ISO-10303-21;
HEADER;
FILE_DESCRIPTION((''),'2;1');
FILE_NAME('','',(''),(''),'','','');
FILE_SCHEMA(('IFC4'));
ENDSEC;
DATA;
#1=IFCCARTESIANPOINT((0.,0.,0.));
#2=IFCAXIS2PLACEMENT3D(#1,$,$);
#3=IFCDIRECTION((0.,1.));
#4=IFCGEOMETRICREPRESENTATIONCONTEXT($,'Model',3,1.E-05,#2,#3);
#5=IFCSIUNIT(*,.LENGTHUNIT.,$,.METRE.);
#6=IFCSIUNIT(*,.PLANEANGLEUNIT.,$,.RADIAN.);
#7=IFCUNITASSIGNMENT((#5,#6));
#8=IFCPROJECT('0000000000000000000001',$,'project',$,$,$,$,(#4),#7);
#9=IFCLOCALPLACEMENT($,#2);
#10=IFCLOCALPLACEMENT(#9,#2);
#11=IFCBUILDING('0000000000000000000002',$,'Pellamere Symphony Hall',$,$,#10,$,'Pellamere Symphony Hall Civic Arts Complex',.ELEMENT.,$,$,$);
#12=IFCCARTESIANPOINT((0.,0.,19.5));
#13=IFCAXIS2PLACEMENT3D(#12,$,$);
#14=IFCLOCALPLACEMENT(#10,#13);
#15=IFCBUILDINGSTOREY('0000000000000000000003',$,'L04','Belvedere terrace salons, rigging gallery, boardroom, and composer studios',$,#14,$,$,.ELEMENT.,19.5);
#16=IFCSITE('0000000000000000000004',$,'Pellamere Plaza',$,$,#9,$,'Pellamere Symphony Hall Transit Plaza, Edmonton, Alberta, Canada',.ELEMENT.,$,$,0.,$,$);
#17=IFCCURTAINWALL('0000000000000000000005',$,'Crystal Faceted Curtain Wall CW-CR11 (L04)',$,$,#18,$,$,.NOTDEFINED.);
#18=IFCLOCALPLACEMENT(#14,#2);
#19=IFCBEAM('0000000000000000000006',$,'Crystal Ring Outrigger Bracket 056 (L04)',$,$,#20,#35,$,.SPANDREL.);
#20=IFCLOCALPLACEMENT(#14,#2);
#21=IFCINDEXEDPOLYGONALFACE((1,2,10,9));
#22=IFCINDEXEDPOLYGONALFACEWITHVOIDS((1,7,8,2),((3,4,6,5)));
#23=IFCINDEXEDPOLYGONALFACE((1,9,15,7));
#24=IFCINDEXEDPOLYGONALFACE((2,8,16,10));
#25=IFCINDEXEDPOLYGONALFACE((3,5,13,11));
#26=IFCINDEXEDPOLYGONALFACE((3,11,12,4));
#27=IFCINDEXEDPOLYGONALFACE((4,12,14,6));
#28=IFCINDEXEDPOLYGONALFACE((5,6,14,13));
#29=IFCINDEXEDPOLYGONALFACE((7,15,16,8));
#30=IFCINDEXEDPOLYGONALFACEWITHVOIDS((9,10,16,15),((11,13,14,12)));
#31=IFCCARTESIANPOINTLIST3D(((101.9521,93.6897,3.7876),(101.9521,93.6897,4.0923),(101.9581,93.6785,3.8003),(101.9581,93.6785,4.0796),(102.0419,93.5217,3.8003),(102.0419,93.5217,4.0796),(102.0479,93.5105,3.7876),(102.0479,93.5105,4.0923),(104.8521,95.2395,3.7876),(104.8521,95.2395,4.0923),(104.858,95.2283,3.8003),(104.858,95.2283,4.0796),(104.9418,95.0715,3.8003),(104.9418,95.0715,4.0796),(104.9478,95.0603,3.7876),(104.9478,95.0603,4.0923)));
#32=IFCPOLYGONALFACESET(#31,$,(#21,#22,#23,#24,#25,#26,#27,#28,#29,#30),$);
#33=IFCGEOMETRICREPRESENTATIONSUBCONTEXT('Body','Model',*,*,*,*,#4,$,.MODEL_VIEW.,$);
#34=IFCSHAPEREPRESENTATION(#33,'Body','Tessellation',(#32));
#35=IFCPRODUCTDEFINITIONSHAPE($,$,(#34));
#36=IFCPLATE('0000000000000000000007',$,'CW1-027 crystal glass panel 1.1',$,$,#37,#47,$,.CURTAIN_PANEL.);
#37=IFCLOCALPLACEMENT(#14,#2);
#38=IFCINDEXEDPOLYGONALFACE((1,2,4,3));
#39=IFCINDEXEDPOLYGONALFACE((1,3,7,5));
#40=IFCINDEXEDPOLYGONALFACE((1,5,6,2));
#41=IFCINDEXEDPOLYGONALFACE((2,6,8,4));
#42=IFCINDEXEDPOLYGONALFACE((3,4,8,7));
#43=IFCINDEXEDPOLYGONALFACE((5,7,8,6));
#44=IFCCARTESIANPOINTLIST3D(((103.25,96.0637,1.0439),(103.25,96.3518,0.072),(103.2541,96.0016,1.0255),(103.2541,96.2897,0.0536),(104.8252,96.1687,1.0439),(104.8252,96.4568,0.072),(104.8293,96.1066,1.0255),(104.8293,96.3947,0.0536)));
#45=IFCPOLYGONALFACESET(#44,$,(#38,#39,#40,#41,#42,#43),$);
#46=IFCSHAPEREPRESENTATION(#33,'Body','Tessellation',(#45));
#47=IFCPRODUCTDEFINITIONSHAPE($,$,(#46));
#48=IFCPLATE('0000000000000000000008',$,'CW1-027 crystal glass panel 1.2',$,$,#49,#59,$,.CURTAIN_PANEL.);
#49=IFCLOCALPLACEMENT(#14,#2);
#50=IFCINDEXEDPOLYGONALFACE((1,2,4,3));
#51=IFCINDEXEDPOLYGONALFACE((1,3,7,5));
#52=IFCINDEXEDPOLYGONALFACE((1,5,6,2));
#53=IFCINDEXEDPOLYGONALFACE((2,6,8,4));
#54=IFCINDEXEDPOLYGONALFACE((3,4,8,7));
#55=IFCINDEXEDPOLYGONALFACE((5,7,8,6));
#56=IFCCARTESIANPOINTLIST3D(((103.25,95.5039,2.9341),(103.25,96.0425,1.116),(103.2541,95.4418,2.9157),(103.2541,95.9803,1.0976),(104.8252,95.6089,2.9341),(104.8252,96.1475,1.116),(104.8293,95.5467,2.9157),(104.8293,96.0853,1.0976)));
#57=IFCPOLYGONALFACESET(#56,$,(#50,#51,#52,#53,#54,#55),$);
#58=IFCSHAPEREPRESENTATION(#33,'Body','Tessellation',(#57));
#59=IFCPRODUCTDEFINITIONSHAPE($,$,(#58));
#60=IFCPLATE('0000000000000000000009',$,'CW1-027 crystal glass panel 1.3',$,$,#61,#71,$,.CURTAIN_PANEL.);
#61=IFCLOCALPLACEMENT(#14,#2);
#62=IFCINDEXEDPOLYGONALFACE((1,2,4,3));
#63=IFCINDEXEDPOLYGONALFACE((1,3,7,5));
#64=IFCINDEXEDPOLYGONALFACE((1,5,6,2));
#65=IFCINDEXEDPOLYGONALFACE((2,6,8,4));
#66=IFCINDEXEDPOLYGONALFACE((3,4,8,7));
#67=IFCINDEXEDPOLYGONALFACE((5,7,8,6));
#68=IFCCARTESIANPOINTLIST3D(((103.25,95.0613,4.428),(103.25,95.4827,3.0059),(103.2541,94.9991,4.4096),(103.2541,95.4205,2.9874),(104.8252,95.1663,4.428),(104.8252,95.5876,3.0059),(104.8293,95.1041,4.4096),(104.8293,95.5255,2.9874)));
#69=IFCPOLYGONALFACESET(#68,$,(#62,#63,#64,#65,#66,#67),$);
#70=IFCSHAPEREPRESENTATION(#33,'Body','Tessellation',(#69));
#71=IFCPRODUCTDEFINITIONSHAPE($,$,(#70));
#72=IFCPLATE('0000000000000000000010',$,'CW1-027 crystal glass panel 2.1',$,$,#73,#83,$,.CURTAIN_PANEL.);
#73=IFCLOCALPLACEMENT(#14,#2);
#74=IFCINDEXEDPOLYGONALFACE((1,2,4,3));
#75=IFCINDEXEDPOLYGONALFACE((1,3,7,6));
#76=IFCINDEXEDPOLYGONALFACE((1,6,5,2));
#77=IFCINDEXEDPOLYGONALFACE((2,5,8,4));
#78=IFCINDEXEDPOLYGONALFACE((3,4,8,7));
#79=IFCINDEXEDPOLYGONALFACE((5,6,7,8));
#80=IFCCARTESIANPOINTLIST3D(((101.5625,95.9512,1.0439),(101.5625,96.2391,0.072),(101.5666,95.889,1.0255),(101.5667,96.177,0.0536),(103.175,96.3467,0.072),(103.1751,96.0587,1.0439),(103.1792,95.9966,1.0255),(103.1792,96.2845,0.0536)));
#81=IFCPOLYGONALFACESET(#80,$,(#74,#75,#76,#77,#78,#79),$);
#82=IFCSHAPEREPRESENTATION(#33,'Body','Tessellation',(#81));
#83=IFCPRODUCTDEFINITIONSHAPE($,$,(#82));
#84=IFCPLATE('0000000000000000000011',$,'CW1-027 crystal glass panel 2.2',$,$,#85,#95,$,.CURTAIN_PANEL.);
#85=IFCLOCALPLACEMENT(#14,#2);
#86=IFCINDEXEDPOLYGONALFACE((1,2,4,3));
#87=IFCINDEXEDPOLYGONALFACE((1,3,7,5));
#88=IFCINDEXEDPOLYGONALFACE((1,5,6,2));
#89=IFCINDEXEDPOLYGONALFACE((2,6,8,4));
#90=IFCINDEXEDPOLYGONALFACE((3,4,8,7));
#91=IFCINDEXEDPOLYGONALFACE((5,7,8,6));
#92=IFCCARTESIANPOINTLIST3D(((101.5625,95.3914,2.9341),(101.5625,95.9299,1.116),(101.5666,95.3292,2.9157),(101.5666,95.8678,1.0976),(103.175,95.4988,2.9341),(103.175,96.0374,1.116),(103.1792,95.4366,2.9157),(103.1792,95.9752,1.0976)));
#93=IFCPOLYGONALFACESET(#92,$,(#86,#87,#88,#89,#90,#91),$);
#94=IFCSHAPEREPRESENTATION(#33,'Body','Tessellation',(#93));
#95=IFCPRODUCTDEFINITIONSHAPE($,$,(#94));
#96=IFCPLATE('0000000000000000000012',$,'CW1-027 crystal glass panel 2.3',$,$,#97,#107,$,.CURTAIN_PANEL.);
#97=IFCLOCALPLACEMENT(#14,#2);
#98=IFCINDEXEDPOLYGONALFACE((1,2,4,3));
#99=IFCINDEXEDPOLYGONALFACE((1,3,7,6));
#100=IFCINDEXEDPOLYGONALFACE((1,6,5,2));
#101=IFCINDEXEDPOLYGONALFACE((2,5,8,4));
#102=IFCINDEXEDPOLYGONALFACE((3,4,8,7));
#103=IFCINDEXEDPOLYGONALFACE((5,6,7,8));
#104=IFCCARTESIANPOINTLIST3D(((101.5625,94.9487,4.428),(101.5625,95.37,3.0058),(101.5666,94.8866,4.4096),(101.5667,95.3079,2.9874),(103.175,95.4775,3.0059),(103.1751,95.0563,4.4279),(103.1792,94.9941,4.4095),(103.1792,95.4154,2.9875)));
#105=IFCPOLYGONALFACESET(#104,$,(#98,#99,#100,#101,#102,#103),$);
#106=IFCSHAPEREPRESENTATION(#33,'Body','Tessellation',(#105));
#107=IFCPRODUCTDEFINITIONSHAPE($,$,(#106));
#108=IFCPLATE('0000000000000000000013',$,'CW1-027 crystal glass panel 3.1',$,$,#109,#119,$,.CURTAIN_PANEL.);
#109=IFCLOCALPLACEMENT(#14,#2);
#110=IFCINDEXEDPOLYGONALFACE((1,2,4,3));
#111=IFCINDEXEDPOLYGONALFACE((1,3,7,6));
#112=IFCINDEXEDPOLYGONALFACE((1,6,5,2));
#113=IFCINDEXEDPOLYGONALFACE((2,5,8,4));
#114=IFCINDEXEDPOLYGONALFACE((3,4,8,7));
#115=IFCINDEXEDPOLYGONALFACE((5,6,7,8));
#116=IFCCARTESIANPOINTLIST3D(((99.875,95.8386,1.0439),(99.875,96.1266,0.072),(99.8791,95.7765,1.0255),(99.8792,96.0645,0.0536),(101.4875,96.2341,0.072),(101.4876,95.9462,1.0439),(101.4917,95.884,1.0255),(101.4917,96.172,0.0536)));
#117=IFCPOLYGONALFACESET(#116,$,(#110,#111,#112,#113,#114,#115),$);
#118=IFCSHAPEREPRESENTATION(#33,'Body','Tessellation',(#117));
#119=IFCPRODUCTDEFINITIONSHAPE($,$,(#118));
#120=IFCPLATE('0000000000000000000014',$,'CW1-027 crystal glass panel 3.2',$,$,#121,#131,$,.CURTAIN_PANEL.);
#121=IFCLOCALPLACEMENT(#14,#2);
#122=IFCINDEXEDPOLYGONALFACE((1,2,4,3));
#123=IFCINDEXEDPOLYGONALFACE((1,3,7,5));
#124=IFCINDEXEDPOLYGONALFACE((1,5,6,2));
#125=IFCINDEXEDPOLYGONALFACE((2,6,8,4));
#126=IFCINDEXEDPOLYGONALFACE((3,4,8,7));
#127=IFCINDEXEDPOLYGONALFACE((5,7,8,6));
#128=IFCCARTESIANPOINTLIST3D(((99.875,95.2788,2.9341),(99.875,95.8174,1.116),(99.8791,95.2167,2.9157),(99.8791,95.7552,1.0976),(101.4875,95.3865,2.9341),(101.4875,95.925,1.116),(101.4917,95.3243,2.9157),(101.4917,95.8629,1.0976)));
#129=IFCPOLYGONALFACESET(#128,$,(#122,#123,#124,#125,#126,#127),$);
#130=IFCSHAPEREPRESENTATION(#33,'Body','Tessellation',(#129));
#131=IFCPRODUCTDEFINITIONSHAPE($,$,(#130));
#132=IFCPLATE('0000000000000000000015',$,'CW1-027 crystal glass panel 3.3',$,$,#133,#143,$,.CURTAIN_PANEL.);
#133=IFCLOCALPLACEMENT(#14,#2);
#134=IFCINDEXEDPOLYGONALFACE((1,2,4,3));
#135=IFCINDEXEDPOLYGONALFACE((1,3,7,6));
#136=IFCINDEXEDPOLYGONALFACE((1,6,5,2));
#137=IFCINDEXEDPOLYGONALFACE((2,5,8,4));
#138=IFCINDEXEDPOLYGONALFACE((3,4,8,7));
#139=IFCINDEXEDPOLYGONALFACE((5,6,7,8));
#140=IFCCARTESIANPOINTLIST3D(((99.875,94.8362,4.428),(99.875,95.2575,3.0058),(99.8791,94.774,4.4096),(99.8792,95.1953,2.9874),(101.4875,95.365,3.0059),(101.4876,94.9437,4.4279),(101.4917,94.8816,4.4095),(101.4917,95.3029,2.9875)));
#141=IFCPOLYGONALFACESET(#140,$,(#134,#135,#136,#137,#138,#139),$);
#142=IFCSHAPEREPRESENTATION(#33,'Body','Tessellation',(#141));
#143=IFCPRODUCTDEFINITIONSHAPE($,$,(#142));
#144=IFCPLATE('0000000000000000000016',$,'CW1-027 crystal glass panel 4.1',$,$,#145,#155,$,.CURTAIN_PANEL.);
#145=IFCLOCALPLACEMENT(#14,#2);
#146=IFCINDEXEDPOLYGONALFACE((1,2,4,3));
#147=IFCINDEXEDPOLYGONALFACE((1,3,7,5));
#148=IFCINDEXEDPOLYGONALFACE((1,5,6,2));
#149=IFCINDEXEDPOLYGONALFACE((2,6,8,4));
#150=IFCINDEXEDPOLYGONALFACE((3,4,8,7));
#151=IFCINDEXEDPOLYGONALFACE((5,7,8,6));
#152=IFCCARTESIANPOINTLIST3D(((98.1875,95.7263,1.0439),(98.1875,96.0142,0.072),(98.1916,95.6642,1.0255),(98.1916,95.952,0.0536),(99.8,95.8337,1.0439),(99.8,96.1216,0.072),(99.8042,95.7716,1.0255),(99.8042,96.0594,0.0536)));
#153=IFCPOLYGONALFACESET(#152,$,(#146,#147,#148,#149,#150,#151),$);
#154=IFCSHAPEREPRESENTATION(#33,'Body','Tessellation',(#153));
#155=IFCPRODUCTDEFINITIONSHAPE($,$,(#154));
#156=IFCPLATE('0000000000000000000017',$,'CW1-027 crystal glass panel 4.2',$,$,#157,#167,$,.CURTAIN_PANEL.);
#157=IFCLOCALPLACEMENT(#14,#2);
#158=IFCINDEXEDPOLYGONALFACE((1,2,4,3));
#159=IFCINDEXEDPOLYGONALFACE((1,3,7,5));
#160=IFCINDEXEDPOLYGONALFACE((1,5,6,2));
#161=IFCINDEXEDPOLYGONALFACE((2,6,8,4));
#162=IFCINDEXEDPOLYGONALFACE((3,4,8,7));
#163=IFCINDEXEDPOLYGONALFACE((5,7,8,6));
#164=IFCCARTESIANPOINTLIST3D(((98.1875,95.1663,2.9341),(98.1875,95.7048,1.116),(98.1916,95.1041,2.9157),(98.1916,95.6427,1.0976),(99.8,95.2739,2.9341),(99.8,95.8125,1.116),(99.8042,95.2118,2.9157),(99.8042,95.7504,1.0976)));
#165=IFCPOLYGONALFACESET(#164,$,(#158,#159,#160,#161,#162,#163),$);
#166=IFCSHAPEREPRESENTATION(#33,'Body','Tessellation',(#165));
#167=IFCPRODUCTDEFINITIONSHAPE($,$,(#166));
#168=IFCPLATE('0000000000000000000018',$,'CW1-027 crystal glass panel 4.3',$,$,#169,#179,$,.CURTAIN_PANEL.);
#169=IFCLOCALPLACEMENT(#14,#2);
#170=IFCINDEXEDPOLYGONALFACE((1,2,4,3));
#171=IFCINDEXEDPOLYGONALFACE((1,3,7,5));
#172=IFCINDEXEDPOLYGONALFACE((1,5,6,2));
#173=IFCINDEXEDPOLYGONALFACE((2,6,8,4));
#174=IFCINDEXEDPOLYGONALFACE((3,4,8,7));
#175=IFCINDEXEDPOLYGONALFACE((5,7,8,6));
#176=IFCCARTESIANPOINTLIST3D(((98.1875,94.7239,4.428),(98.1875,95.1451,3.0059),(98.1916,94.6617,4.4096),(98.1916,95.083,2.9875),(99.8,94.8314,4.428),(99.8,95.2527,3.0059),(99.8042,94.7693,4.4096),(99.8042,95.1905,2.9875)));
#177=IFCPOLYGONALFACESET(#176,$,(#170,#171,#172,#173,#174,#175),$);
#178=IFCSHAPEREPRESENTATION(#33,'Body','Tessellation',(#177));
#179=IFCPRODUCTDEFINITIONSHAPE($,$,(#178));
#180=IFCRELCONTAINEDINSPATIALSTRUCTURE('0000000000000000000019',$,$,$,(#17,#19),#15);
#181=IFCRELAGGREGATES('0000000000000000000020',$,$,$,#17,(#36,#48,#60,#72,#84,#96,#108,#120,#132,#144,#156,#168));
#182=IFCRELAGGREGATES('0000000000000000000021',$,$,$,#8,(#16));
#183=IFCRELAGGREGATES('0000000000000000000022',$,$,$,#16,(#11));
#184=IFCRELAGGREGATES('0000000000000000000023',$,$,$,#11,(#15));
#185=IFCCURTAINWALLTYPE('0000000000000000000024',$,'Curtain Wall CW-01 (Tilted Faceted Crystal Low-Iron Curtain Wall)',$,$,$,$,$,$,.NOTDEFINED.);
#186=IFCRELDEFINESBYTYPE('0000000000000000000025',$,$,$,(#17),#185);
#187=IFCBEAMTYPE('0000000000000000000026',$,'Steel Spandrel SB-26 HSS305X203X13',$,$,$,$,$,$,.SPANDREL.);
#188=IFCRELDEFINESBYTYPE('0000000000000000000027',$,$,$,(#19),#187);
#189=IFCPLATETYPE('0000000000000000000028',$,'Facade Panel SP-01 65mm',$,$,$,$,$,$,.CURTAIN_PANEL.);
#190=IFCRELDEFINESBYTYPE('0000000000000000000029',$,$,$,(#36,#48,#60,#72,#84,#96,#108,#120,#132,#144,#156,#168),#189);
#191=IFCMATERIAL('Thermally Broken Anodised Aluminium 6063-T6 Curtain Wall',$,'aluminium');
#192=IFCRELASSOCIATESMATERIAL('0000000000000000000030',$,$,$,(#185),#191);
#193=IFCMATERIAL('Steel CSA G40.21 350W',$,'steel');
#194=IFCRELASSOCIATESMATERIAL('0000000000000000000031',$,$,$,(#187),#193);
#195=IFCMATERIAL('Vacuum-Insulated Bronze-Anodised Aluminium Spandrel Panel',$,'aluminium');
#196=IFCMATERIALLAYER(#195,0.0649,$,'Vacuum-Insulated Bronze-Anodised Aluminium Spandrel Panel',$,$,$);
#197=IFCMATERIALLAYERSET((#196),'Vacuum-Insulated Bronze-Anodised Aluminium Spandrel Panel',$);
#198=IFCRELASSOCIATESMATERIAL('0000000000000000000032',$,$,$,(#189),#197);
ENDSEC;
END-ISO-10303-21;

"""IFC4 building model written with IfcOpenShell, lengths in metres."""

from ifc_helpers import new_model, si_unit, direction, frame, origin, origin_2d, place, context, subcontext, project, spatial, polyline, hollow_rectangle, outline, extrude, material, layer, layer_set, material_profile, profile_set, type_object, element, aggregate, save


model = new_model("IFC4")

# Units and contexts
model_context = context("Model", 3, precision=1e-05, world=origin(), true_north=direction((0.0, 1.0)))
body_context = subcontext(model_context, "Body", "Model", "MODEL_VIEW")
ifc_project = project(units=[si_unit("LENGTHUNIT", "METRE"), si_unit("PLANEANGLEUNIT", "RADIAN")], contexts=[model_context])

# Site, building, storey
site_placement = place(None, origin())
site = spatial("IfcSite", under=ifc_project, at=site_placement, Name="Pellamere Plaza", LongName="Pellamere Symphony Hall Transit Plaza, Edmonton, Alberta, Canada", CompositionType="ELEMENT", RefElevation=0.0)
building_placement = place(site_placement, origin())
building = spatial("IfcBuilding", under=site, at=building_placement, Name="Pellamere Symphony Hall", LongName="Pellamere Symphony Hall Civic Arts Complex", CompositionType="ELEMENT")
storey_placement = place(building_placement, frame((0.0, 0.0, 19.5)))
storey = spatial("IfcBuildingStorey", under=building, at=storey_placement, Name="L04", Description="Belvedere terrace salons, rigging gallery, boardroom, and composer studios", CompositionType="ELEMENT", Elevation=19.5)

# Curtain wall
ifc_material_1 = material(Name="Thermally Broken Anodised Aluminium 6063-T6 Curtain Wall", Category="aluminium")
curtain_wall_type = type_object("IfcCurtainWallType", Name="Curtain Wall CW-01 (Tilted Faceted Crystal Low-Iron Curtain Wall)", PredefinedType="NOTDEFINED", material=ifc_material_1)
curtain_wall_placement = place(storey_placement, origin())
curtain_wall = element("IfcCurtainWall", 1, at=curtain_wall_placement, inside=storey, type_object=curtain_wall_type, Name="Crystal Faceted Curtain Wall CW-CR11 (L04)", PredefinedType="NOTDEFINED")

# Beam
ifc_material_2 = material(Name="Steel CSA G40.21 350W", Category="steel")
ifc_material_profile_1 = material_profile(ifc_material_2, hollow_rectangle(XDim=0.2031, YDim=0.3047, WallThickness=0.0127, at=origin_2d()), Name="HSS305X203X13")
ifc_profile_set_1 = profile_set([ifc_material_profile_1], Name="Steel CSA G40.21 350W")
beam_type = type_object("IfcBeamType", Name="Steel Spandrel SB-26 HSS305X203X13", PredefinedType="SPANDREL", material=ifc_profile_set_1)
beam_placement = place(storey_placement, frame((102.0, 93.6001, 3.9399), z_axis=(0.88195, 0.471343, 0.0), x_axis=(-0.471343, 0.88195, 0.0)))
element("IfcBeam", 2, at=beam_placement, inside=storey, type_object=beam_type, Name="Crystal Ring Outrigger Bracket 056 (L04)", PredefinedType="SPANDREL", context=body_context, shape_type="SweptSolid", body=[
    extrude(hollow_rectangle(XDim=0.2031, YDim=0.3047, WallThickness=0.0127, at=origin_2d()), origin(), (0.0, 0.0, 1.0), 3.2881),
])

# Plates
ifc_material_3 = material(Name="Vacuum-Insulated Bronze-Anodised Aluminium Spandrel Panel", Category="aluminium")
ifc_layer = layer(ifc_material_3, 0.0649, Name="Vacuum-Insulated Bronze-Anodised Aluminium Spandrel Panel")
ifc_layer_set = layer_set([ifc_layer], Name="Vacuum-Insulated Bronze-Anodised Aluminium Spandrel Panel")
plate_type = type_object("IfcPlateType", Name="Facade Panel SP-01 65mm", PredefinedType="CURTAIN_PANEL", material=ifc_layer_set)
plate_1_placement = place(storey_placement, frame((104.8252, 96.4568, 0.072), z_axis=(-0.063768, 0.956818, 0.283608), x_axis=(-0.997787, -0.066498, 0.0)))
plate_1 = element("IfcPlate", 3, at=plate_1_placement, type_object=plate_type, Name="CW1-027 crystal glass panel 1.1", PredefinedType="CURTAIN_PANEL", context=body_context, shape_type="SweptSolid", body=[
    extrude(outline(polyline([(0.0, 0.0), (1.5787, 0.0), (1.5978, 1.0135), (0.0192, 1.0135), (0.0, 0.0)])), origin(), (0.0, 0.0, -1.0), 0.0649),
])
plate_2_placement = place(storey_placement, frame((104.8252, 96.1475, 1.116), z_axis=(-0.063771, 0.956865, 0.283449), x_axis=(-0.997787, -0.066498, 0.0)))
plate_2 = element("IfcPlate", 4, at=plate_2_placement, type_object=plate_type, Name="CW1-027 crystal glass panel 1.2", PredefinedType="CURTAIN_PANEL", context=body_context, shape_type="SweptSolid", body=[
    extrude(outline(polyline([(0.0, 0.0), (1.5787, 0.0), (1.6145, 1.8959), (0.0358, 1.8959), (0.0, 0.0)])), origin(), (0.0, 0.0, -1.0), 0.0649),
])
plate_3_placement = place(storey_placement, frame((104.8252, 95.5876, 3.0059), z_axis=(-0.06377, 0.956843, 0.283521), x_axis=(-0.997787, -0.066498, 0.0)))
plate_3 = element("IfcPlate", 5, at=plate_3_placement, type_object=plate_type, Name="CW1-027 crystal glass panel 1.3", PredefinedType="CURTAIN_PANEL", context=body_context, shape_type="SweptSolid", body=[
    extrude(outline(polyline([(0.0, 0.0), (1.5787, 0.0), (1.6067, 1.483), (0.028, 1.483), (0.0, 0.0)])), origin(), (0.0, 0.0, -1.0), 0.0649),
])
plate_4_placement = place(storey_placement, frame((103.175, 96.3467, 0.072), z_axis=(-0.063814, 0.956848, 0.283497), x_axis=(-0.997784, -0.066538, -0.00002)))
plate_4 = element("IfcPlate", 6, at=plate_4_placement, type_object=plate_type, Name="CW1-027 crystal glass panel 2.1", PredefinedType="CURTAIN_PANEL", context=body_context, shape_type="SweptSolid", body=[
    extrude(outline(polyline([(0.0, 0.0), (1.6161, 0.0), (1.6353, 1.0135), (0.0191, 1.0135), (0.0, 0.0)])), origin(), (0.0, 0.0, -1.0), 0.0649),
])
plate_5_placement = place(storey_placement, frame((103.175, 96.0374, 1.116), z_axis=(-0.063743, 0.956866, 0.283449), x_axis=(-0.997788, -0.066469, 0.0)))
plate_5 = element("IfcPlate", 7, at=plate_5_placement, type_object=plate_type, Name="CW1-027 crystal glass panel 2.2", PredefinedType="CURTAIN_PANEL", context=body_context, shape_type="SweptSolid", body=[
    extrude(outline(polyline([(0.0, 0.0), (1.6161, 0.0), (1.6519, 1.8959), (0.0358, 1.8959), (0.0, 0.0)])), origin(), (0.0, 0.0, -1.0), 0.0649),
])
plate_6_placement = place(storey_placement, frame((103.175, 95.4775, 3.0059), z_axis=(-0.063815, 0.956863, 0.283445), x_axis=(-0.997784, -0.066538, -0.00002)))
plate_6 = element("IfcPlate", 8, at=plate_6_placement, type_object=plate_type, Name="CW1-027 crystal glass panel 2.3", PredefinedType="CURTAIN_PANEL", context=body_context, shape_type="SweptSolid", body=[
    extrude(outline(polyline([(0.0, 0.0), (1.6161, 0.0), (1.6441, 1.483), (0.028, 1.4829), (0.0, 0.0)])), origin(), (0.0, 0.0, -1.0), 0.0649),
])
plate_7_placement = place(storey_placement, frame((101.4875, 96.2341, 0.072), z_axis=(-0.063814, 0.956848, 0.283497), x_axis=(-0.997784, -0.066538, -0.00002)))
plate_7 = element("IfcPlate", 9, at=plate_7_placement, type_object=plate_type, Name="CW1-027 crystal glass panel 3.1", PredefinedType="CURTAIN_PANEL", context=body_context, shape_type="SweptSolid", body=[
    extrude(outline(polyline([(0.0, 0.0), (1.6161, 0.0), (1.6353, 1.0135), (0.0191, 1.0135), (0.0, 0.0)])), origin(), (0.0, 0.0, -1.0), 0.0649),
])
plate_8_placement = place(storey_placement, frame((101.4875, 95.925, 1.116), z_axis=(-0.063887, 0.956858, 0.283447), x_axis=(-0.997778, -0.066619, 0.0)))
plate_8 = element("IfcPlate", 10, at=plate_8_placement, type_object=plate_type, Name="CW1-027 crystal glass panel 3.2", PredefinedType="CURTAIN_PANEL", context=body_context, shape_type="SweptSolid", body=[
    extrude(outline(polyline([(0.0, 0.0), (1.6161, 0.0), (1.652, 1.8959), (0.0359, 1.8959), (0.0, 0.0)])), origin(), (0.0, 0.0, -1.0), 0.0649),
])
plate_9_placement = place(storey_placement, frame((101.4875, 95.365, 3.0059), z_axis=(-0.063815, 0.956863, 0.283445), x_axis=(-0.997784, -0.066538, -0.00002)))
plate_9 = element("IfcPlate", 11, at=plate_9_placement, type_object=plate_type, Name="CW1-027 crystal glass panel 3.3", PredefinedType="CURTAIN_PANEL", context=body_context, shape_type="SweptSolid", body=[
    extrude(outline(polyline([(0.0, 0.0), (1.6161, 0.0), (1.6441, 1.483), (0.028, 1.4829), (0.0, 0.0)])), origin(), (0.0, 0.0, -1.0), 0.0649),
])
plate_10_placement = place(storey_placement, frame((99.8, 96.1216, 0.072), z_axis=(-0.063744, 0.956885, 0.283388), x_axis=(-0.997788, -0.066469, 0.0)))
plate_10 = element("IfcPlate", 12, at=plate_10_placement, type_object=plate_type, Name="CW1-027 crystal glass panel 4.1", PredefinedType="CURTAIN_PANEL", context=body_context, shape_type="SweptSolid", body=[
    extrude(outline(polyline([(0.0, 0.0), (1.6161, 0.0), (1.6353, 1.0135), (0.0191, 1.0135), (0.0, 0.0)])), origin(), (0.0, 0.0, -1.0), 0.0649),
])
plate_11_placement = place(storey_placement, frame((99.8, 95.8125, 1.116), z_axis=(-0.063887, 0.956858, 0.283447), x_axis=(-0.997778, -0.066619, 0.0)))
plate_11 = element("IfcPlate", 13, at=plate_11_placement, type_object=plate_type, Name="CW1-027 crystal glass panel 4.2", PredefinedType="CURTAIN_PANEL", context=body_context, shape_type="SweptSolid", body=[
    extrude(outline(polyline([(0.0, 0.0), (1.6161, 0.0), (1.652, 1.8959), (0.0359, 1.8959), (0.0, 0.0)])), origin(), (0.0, 0.0, -1.0), 0.0649),
])
plate_12_placement = place(storey_placement, frame((99.8, 95.2527, 3.0059), z_axis=(-0.063815, 0.956863, 0.283445), x_axis=(-0.997783, -0.06655, 0.00002)))
plate_12 = element("IfcPlate", 14, at=plate_12_placement, type_object=plate_type, Name="CW1-027 crystal glass panel 4.3", PredefinedType="CURTAIN_PANEL", context=body_context, shape_type="SweptSolid", body=[
    extrude(outline(polyline([(0.0, 0.0), (1.6161, 0.0), (1.6442, 1.4829), (0.0281, 1.483), (0.0, 0.0)])), origin(), (0.0, 0.0, -1.0), 0.0649),
])
aggregate(curtain_wall, [plate_1, plate_2, plate_3, plate_4, plate_5, plate_6, plate_7, plate_8, plate_9, plate_10, plate_11, plate_12])

save(model, "model.ifc")
